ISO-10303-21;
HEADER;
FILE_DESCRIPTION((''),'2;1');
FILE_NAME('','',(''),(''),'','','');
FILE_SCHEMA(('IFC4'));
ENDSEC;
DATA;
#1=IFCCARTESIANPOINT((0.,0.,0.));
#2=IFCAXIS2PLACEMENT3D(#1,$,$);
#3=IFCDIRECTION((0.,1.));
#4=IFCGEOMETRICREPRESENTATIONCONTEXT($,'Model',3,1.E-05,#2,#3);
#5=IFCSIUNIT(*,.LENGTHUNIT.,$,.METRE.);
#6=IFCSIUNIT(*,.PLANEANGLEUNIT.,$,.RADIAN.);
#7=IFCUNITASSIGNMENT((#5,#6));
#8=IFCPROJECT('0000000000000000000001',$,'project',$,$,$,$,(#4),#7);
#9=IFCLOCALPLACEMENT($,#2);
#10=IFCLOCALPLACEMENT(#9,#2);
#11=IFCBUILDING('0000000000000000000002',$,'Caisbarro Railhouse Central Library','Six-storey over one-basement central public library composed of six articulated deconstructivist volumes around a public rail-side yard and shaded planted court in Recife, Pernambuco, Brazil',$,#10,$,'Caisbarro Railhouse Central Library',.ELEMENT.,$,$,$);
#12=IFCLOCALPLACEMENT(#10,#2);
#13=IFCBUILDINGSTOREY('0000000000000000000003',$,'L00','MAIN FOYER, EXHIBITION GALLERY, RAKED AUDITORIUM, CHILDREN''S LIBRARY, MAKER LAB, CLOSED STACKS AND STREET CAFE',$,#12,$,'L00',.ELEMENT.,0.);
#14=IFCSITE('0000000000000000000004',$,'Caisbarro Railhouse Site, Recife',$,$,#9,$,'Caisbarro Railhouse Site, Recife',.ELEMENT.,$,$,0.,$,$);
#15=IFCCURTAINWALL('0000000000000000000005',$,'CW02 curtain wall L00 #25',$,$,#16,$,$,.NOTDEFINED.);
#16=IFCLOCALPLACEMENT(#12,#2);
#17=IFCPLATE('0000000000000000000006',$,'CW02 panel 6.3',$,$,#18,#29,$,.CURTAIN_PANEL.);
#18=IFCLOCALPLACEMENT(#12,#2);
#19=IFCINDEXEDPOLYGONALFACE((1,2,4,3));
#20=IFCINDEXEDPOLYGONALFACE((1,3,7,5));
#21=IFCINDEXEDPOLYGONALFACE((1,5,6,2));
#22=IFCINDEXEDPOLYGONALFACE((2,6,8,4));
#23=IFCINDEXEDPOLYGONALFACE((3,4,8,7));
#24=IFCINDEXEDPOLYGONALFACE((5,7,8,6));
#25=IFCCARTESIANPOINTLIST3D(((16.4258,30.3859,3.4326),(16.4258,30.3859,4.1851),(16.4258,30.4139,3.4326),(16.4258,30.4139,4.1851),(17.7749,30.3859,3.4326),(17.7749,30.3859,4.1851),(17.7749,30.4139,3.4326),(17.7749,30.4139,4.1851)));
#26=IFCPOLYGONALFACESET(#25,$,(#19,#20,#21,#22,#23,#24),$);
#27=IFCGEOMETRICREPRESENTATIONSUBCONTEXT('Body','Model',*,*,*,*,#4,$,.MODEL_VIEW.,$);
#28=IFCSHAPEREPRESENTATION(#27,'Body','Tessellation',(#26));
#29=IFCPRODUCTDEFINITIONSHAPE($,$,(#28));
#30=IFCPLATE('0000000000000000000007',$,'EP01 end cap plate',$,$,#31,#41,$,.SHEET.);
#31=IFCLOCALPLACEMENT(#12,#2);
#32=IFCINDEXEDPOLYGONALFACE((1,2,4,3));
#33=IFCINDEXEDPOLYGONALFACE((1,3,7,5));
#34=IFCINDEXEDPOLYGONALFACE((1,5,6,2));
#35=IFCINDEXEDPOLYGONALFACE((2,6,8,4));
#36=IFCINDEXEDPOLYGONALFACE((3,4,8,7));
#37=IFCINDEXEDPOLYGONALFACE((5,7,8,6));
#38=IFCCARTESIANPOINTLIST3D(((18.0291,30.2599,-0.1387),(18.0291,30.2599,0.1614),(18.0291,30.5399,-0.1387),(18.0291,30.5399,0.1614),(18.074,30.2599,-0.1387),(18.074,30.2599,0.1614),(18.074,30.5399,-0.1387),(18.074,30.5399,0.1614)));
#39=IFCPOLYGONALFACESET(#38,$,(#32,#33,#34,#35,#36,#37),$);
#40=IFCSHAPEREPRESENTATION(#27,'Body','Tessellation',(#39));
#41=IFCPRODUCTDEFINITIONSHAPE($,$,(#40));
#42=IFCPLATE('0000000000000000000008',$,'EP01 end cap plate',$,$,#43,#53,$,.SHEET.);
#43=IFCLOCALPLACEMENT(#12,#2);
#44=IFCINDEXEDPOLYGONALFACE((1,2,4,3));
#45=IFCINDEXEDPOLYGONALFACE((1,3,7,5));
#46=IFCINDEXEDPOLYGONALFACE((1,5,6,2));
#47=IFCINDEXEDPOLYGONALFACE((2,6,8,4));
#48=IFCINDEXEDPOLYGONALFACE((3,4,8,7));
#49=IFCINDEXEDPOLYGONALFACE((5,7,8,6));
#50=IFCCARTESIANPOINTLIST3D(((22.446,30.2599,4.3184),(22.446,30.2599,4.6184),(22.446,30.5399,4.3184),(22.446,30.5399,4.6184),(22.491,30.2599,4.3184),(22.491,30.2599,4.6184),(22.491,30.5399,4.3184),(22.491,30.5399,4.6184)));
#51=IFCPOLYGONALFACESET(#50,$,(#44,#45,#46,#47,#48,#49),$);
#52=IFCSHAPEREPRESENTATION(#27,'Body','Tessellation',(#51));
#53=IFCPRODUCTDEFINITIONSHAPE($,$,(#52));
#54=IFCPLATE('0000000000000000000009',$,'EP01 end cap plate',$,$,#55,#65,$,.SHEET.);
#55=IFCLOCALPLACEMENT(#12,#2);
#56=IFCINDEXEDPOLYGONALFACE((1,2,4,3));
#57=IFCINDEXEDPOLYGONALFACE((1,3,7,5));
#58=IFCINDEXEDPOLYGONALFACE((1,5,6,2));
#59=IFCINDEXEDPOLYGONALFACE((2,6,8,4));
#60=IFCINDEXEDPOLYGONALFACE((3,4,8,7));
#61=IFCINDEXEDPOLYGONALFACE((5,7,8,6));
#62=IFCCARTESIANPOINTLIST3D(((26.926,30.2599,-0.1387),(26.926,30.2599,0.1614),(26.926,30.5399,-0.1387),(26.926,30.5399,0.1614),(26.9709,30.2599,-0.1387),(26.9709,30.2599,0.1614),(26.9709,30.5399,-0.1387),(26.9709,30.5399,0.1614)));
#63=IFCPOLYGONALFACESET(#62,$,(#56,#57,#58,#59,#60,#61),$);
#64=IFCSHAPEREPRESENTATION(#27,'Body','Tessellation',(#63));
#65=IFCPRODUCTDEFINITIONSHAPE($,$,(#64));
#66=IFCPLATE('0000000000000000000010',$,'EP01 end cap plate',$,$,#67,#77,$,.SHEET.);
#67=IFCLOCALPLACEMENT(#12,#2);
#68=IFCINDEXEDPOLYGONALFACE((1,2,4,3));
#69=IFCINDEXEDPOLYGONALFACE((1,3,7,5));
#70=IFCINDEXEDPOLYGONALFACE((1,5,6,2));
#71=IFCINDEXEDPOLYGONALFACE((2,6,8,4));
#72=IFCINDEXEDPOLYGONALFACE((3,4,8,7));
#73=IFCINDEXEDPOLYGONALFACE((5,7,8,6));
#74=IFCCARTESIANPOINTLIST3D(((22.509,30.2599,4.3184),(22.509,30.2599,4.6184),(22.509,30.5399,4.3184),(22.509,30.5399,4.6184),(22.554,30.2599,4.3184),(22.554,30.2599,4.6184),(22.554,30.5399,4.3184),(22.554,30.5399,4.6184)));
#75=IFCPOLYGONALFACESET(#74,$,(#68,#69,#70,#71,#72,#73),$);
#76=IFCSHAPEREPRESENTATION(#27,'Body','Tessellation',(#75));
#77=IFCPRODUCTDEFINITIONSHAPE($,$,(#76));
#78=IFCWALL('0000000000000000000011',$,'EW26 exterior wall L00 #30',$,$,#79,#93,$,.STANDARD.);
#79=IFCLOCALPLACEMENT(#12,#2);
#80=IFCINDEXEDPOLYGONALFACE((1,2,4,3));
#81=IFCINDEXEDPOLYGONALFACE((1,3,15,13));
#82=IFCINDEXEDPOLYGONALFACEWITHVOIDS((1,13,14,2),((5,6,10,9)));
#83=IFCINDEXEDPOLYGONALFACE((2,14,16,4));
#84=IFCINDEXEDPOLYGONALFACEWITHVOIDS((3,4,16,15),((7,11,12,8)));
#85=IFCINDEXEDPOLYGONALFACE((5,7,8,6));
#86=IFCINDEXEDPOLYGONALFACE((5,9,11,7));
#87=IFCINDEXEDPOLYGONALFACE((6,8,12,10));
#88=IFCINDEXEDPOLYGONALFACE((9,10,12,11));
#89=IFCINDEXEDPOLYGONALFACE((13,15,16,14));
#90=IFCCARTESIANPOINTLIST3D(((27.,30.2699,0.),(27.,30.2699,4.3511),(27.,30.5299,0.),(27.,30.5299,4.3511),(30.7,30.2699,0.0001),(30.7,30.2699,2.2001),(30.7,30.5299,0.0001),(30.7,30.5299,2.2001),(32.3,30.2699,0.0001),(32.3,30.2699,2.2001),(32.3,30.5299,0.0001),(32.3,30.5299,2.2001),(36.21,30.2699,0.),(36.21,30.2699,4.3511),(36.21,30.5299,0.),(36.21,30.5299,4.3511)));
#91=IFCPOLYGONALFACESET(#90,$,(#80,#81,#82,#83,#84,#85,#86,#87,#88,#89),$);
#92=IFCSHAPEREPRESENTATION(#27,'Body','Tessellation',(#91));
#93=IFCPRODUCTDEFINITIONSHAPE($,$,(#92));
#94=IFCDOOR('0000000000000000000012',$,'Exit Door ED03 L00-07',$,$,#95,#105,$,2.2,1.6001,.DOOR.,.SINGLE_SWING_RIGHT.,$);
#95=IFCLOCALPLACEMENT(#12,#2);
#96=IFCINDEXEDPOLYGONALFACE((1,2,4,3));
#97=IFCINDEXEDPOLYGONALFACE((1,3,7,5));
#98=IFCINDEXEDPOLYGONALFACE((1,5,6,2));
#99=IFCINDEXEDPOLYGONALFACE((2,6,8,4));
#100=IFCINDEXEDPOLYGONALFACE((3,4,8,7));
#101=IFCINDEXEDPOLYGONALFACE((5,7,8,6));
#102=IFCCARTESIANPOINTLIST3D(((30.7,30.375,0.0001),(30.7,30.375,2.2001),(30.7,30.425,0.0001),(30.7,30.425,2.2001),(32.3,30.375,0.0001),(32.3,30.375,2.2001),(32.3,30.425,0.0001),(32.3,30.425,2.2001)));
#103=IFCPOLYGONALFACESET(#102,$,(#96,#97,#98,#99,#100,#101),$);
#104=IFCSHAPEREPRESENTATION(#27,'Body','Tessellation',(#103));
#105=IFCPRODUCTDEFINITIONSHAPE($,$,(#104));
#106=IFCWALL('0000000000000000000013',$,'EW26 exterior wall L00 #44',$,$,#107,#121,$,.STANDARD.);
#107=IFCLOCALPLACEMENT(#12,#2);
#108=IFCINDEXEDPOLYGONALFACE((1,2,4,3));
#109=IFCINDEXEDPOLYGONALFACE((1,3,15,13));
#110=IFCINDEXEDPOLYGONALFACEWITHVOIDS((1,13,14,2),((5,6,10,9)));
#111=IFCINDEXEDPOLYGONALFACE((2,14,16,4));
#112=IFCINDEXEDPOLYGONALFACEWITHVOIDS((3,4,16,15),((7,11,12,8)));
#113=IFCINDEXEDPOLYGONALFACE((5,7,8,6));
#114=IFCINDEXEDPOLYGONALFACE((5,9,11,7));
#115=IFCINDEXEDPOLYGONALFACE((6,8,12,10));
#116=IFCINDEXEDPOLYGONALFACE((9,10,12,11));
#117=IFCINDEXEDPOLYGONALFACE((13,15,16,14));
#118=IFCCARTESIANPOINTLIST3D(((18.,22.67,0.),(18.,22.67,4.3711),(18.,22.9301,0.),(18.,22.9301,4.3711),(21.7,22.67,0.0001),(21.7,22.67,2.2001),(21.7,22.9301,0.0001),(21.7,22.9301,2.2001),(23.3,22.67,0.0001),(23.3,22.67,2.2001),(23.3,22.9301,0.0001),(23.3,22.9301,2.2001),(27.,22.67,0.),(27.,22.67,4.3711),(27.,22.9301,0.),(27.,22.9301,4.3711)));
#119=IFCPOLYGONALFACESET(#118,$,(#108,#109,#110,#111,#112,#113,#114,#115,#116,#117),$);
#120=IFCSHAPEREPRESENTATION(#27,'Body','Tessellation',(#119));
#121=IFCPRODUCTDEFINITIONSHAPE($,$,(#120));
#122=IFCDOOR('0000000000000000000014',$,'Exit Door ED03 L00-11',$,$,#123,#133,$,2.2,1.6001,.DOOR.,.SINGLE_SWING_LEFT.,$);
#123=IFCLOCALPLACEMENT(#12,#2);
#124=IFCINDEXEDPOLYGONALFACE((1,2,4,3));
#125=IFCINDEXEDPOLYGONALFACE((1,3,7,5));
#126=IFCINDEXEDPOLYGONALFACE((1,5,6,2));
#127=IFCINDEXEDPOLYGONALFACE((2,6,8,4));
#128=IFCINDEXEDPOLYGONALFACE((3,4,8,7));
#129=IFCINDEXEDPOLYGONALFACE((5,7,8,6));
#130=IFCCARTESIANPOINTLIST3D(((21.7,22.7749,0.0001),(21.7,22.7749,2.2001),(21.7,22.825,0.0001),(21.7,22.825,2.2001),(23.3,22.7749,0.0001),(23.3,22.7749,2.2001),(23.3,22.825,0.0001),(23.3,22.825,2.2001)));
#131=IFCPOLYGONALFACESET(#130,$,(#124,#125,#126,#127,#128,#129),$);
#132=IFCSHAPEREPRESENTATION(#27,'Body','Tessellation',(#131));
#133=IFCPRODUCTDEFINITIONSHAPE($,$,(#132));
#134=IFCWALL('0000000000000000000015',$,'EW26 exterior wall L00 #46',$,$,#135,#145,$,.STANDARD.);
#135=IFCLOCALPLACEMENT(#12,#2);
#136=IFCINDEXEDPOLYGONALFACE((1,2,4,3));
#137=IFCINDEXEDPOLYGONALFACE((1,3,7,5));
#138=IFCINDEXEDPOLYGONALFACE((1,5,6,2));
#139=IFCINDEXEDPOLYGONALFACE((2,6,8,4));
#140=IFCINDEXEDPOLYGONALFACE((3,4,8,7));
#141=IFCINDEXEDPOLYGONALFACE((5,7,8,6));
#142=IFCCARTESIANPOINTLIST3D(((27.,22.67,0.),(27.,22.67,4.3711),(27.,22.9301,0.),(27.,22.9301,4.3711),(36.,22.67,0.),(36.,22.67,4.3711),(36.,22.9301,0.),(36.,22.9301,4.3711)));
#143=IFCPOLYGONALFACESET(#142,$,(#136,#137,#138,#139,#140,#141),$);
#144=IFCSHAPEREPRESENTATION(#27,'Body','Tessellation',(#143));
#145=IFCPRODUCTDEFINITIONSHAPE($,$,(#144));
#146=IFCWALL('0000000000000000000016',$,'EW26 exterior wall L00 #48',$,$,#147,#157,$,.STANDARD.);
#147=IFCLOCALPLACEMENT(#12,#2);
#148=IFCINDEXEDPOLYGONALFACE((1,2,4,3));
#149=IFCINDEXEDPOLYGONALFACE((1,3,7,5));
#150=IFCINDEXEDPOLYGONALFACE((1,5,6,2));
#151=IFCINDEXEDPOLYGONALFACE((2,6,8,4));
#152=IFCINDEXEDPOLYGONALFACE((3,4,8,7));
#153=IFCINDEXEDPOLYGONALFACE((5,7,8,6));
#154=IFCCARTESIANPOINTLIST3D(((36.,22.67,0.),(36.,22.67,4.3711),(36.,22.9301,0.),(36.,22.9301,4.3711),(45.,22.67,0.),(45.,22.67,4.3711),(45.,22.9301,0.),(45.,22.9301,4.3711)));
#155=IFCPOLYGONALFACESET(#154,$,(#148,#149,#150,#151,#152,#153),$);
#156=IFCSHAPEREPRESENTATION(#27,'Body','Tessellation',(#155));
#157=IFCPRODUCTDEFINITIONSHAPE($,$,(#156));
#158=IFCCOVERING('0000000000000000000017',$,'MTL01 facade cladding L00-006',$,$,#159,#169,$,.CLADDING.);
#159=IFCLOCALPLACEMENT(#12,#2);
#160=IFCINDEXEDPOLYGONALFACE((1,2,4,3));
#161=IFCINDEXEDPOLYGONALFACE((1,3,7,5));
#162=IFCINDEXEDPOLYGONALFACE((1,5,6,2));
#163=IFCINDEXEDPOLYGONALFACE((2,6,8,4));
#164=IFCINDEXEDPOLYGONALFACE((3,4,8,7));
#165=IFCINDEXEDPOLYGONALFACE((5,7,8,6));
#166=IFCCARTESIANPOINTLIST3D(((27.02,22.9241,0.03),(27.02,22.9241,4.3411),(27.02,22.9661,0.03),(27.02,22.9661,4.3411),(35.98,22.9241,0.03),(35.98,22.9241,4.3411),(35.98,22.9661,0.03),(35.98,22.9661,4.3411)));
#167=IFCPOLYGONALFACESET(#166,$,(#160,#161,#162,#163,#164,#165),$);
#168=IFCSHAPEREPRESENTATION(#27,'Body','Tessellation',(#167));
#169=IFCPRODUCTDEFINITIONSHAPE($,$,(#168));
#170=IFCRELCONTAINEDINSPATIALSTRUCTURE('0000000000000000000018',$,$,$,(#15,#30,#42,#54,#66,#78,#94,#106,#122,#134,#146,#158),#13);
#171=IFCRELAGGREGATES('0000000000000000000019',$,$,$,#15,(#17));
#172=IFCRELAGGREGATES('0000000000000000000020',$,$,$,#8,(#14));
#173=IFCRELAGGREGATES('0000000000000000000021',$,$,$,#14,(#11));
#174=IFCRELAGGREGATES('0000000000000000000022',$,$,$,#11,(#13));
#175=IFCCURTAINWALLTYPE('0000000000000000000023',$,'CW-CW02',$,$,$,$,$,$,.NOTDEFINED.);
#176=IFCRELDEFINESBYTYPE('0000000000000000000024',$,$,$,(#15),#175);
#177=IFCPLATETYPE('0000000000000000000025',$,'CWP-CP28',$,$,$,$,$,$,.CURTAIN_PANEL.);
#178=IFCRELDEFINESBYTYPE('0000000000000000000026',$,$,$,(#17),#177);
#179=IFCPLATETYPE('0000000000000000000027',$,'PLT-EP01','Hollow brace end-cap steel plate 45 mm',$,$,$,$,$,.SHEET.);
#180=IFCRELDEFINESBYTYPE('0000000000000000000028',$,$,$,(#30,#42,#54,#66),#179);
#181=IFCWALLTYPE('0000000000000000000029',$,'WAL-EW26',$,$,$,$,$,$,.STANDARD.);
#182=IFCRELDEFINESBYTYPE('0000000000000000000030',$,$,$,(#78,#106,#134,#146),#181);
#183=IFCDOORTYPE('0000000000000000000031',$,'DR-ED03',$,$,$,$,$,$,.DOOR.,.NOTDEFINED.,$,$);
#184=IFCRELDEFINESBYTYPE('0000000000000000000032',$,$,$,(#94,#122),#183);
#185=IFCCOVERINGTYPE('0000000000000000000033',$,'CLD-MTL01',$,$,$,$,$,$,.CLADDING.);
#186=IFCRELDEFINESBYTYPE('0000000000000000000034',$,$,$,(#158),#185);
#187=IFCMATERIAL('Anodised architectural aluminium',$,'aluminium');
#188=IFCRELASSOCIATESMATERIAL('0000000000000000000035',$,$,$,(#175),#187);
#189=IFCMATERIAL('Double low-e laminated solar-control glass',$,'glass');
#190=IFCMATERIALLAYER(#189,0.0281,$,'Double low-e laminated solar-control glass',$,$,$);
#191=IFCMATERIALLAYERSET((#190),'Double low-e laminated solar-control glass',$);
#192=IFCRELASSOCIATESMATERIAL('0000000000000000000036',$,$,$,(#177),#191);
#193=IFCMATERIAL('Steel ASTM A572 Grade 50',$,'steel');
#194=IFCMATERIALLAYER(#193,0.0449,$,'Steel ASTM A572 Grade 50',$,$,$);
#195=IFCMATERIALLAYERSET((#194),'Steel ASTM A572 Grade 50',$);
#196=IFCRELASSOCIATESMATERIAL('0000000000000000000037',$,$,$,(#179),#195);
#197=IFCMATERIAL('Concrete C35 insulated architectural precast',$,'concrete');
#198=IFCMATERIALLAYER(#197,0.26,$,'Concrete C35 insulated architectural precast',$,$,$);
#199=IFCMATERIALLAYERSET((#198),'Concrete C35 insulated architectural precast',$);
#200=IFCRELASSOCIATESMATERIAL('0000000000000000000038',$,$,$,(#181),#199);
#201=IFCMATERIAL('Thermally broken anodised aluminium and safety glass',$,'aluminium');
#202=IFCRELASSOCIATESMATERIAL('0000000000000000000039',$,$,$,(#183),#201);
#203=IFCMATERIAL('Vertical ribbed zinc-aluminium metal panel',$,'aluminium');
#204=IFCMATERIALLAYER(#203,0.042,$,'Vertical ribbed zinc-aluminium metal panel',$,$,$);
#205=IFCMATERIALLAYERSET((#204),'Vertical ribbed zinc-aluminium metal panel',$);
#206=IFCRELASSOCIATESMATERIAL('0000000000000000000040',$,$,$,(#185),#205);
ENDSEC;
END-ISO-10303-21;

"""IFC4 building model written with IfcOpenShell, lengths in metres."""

from ifc_helpers import new_model, si_unit, direction, frame, frame_2d, origin, origin_2d, place, context, subcontext, project, spatial, rectangle, extrude, material, layer, layer_set, type_object, element, fill, aggregate, save


model = new_model("IFC4")

# Units and contexts
model_context = context("Model", 3, precision=1e-05, world=origin(), true_north=direction((0.0, 1.0)))
body_context = subcontext(model_context, "Body", "Model", "MODEL_VIEW")
ifc_project = project(units=[si_unit("LENGTHUNIT", "METRE"), si_unit("PLANEANGLEUNIT", "RADIAN")], contexts=[model_context])

# Site, building, storey
site_placement = place(None, origin())
site = spatial("IfcSite", under=ifc_project, at=site_placement, Name="Caisbarro Railhouse Site, Recife", LongName="Caisbarro Railhouse Site, Recife", CompositionType="ELEMENT", RefElevation=0.0)
building_placement = place(site_placement, origin())
building = spatial("IfcBuilding", under=site, at=building_placement, Name="Caisbarro Railhouse Central Library", Description="Six-storey over one-basement central public library composed of six articulated deconstructivist volumes around a public rail-side yard and shaded planted court in Recife, Pernambuco, Brazil", LongName="Caisbarro Railhouse Central Library", CompositionType="ELEMENT")
storey_placement = place(building_placement, origin())
storey = spatial("IfcBuildingStorey", under=building, at=storey_placement, Name="L00", Description="MAIN FOYER, EXHIBITION GALLERY, RAKED AUDITORIUM, CHILDREN'S LIBRARY, MAKER LAB, CLOSED STACKS AND STREET CAFE", LongName="L00", CompositionType="ELEMENT", Elevation=0.0)

# Shared definitions
ifc_material_1 = material(Name="Steel ASTM A572 Grade 50", Category="steel")

# Curtain wall
ifc_material_2 = material(Name="Anodised architectural aluminium", Category="aluminium")
curtain_wall_type = type_object("IfcCurtainWallType", Name="CW-CW02", PredefinedType="NOTDEFINED", material=ifc_material_2)
curtain_wall_placement = place(storey_placement, origin())
curtain_wall = element("IfcCurtainWall", 1, at=curtain_wall_placement, inside=storey, type_object=curtain_wall_type, Name="CW02 curtain wall L00 #25", PredefinedType="NOTDEFINED")

# Plate
ifc_material_3 = material(Name="Double low-e laminated solar-control glass", Category="glass")
ifc_layer_1 = layer(ifc_material_3, 0.0281, Name="Double low-e laminated solar-control glass")
ifc_layer_set_1 = layer_set([ifc_layer_1], Name="Double low-e laminated solar-control glass")
plate_type_1 = type_object("IfcPlateType", Name="CWP-CP28", PredefinedType="CURTAIN_PANEL", material=ifc_layer_set_1)
plate_1_placement = place(storey_placement, frame((17.1003, 30.3999, 3.4326), z_axis=(0.0, 0.0, 1.0), x_axis=(1.0, 0.0, 0.0)))
plate_1 = element("IfcPlate", 2, at=plate_1_placement, type_object=plate_type_1, Name="CW02 panel 6.3", PredefinedType="CURTAIN_PANEL", context=body_context, shape_type="SweptSolid", body=[
    extrude(rectangle(XDim=1.3491, YDim=0.0281, at=origin_2d()), origin(), (0.0, 0.0, 1.0), 0.7524),
])
aggregate(curtain_wall, [plate_1])

# Plates
ifc_layer_2 = layer(ifc_material_1, 0.0449, Name="Steel ASTM A572 Grade 50")
ifc_layer_set_2 = layer_set([ifc_layer_2], Name="Steel ASTM A572 Grade 50")
plate_type_2 = type_object("IfcPlateType", Name="PLT-EP01", Description="Hollow brace end-cap steel plate 45 mm", PredefinedType="SHEET", material=ifc_layer_set_2)
for number, where, z_axis, x_axis, name in (
    (3, (18.0515, 30.3999, -0.1387), (0.0, 0.0, 1.0), (1.0, 0.0, 0.0), "EP01 end cap plate"),
    (4, (22.4685, 30.3999, 4.3184), (0.0, 0.0, 1.0), (1.0, 0.0, 0.0), "EP01 end cap plate"),
    (5, (26.9485, 30.3999, -0.1387), (0.0, 0.0, 1.0), (-1.0, 0.0, 0.0), "EP01 end cap plate"),
    (6, (22.5315, 30.3999, 4.3184), (0.0, 0.0, 1.0), (-1.0, 0.0, 0.0), "EP01 end cap plate"),
):
    element("IfcPlate", number, at=place(storey_placement, frame(where, z_axis=z_axis, x_axis=x_axis)), inside=storey, type_object=plate_type_2, Name=name, PredefinedType="SHEET", context=body_context, shape_type="SweptSolid", body=[
        extrude(rectangle(XDim=0.0449, YDim=0.28, at=origin_2d()), origin(), (0.0, 0.0, 1.0), 0.3),
    ])

# Walls, openings, doors
ifc_material_4 = material(Name="Concrete C35 insulated architectural precast", Category="concrete")
ifc_layer_3 = layer(ifc_material_4, 0.26, Name="Concrete C35 insulated architectural precast")
ifc_layer_set_3 = layer_set([ifc_layer_3], Name="Concrete C35 insulated architectural precast")
wall_type = type_object("IfcWallType", Name="WAL-EW26", PredefinedType="STANDARD", material=ifc_layer_set_3)
wall_1_placement = place(storey_placement, frame((27.0, 30.3999, 0.0), z_axis=(0.0, 0.0, 1.0), x_axis=(1.0, 0.0, 0.0)))
wall_1 = element("IfcWall", 7, at=wall_1_placement, inside=storey, type_object=wall_type, Name="EW26 exterior wall L00 #30", PredefinedType="STANDARD", context=body_context, shape_type="SweptSolid", body=[
    extrude(rectangle(XDim=9.21, YDim=0.26, at=frame_2d((4.605, 0.0))), origin(), (0.0, 0.0, 1.0), 4.3511),
])
opening_1_placement = place(wall_1_placement, frame((3.7, 0.0, 0.0)))
opening_1 = element("IfcOpeningElement", 8, at=opening_1_placement, cuts=wall_1, PredefinedType="OPENING", context=body_context, shape_type="SweptSolid", body=[
    extrude(rectangle(XDim=1.6001, YDim=2.2, at=frame_2d((0.8, 1.1001))), frame((0.0, 0.1401, 0.0), z_axis=(0.0, -1.0, 0.0), x_axis=(1.0, 0.0, 0.0)), (0.0, 0.0, 1.0), 0.28),
])
ifc_material_5 = material(Name="Thermally broken anodised aluminium and safety glass", Category="aluminium")
door_type = type_object("IfcDoorType", Name="DR-ED03", OperationType="NOTDEFINED", PredefinedType="DOOR", material=ifc_material_5)
door_1_placement = place(opening_1_placement, frame((1.6001, 0.0, 0.0), z_axis=(0.0, 0.0, 1.0), x_axis=(-1.0, 0.0, 0.0)))
door_1 = element("IfcDoor", 9, at=door_1_placement, inside=storey, type_object=door_type, Name="Exit Door ED03 L00-07", OperationType="SINGLE_SWING_RIGHT", OverallHeight=2.2, OverallWidth=1.6001, PredefinedType="DOOR", context=body_context, shape_type="SweptSolid", body=[
    extrude(rectangle(XDim=1.6001, YDim=2.2, at=frame_2d((0.8, 1.1001))), frame((0.0, 0.0249, 0.0), z_axis=(0.0, -1.0, 0.0), x_axis=(1.0, 0.0, 0.0)), (0.0, 0.0, 1.0), 0.05),
])
fill(opening_1, door_1)
wall_2_placement = place(storey_placement, frame((18.0, 22.8, 0.0), z_axis=(0.0, 0.0, 1.0), x_axis=(1.0, 0.0, 0.0)))
wall_2 = element("IfcWall", 10, at=wall_2_placement, inside=storey, type_object=wall_type, Name="EW26 exterior wall L00 #44", PredefinedType="STANDARD", context=body_context, shape_type="SweptSolid", body=[
    extrude(rectangle(XDim=9.0, YDim=0.26, at=frame_2d((4.5, 0.0))), origin(), (0.0, 0.0, 1.0), 4.3711),
])
opening_2_placement = place(wall_2_placement, frame((3.7, 0.0, 0.0)))
opening_2 = element("IfcOpeningElement", 11, at=opening_2_placement, cuts=wall_2, PredefinedType="OPENING", context=body_context, shape_type="SweptSolid", body=[
    extrude(rectangle(XDim=1.6001, YDim=2.2, at=frame_2d((0.8, 1.1001))), frame((0.0, 0.1401, 0.0), z_axis=(0.0, -1.0, 0.0), x_axis=(1.0, 0.0, 0.0)), (0.0, 0.0, 1.0), 0.28),
])
door_2_placement = place(opening_2_placement, origin())
door_2 = element("IfcDoor", 12, at=door_2_placement, inside=storey, type_object=door_type, Name="Exit Door ED03 L00-11", OperationType="SINGLE_SWING_LEFT", OverallHeight=2.2, OverallWidth=1.6001, PredefinedType="DOOR", context=body_context, shape_type="SweptSolid", body=[
    extrude(rectangle(XDim=1.6001, YDim=2.2, at=frame_2d((0.8, 1.1001))), frame((0.0, 0.0249, 0.0), z_axis=(0.0, -1.0, 0.0), x_axis=(1.0, 0.0, 0.0)), (0.0, 0.0, 1.0), 0.05),
])
fill(opening_2, door_2)

# Walls
for number, where, z_axis, x_axis, name in (
    (13, (27.0, 22.8, 0.0), (0.0, 0.0, 1.0), (1.0, 0.0, 0.0), "EW26 exterior wall L00 #46"),
    (14, (36.0, 22.8, 0.0), (0.0, 0.0, 1.0), (1.0, 0.0, 0.0), "EW26 exterior wall L00 #48"),
):
    element("IfcWall", number, at=place(storey_placement, frame(where, z_axis=z_axis, x_axis=x_axis)), inside=storey, type_object=wall_type, Name=name, PredefinedType="STANDARD", context=body_context, shape_type="SweptSolid", body=[
        extrude(rectangle(XDim=9.0, YDim=0.26, at=frame_2d((4.5, 0.0))), origin(), (0.0, 0.0, 1.0), 4.3711),
    ])

# Covering
ifc_material_6 = material(Name="Vertical ribbed zinc-aluminium metal panel", Category="aluminium")
ifc_layer_4 = layer(ifc_material_6, 0.042, Name="Vertical ribbed zinc-aluminium metal panel")
ifc_layer_set_4 = layer_set([ifc_layer_4], Name="Vertical ribbed zinc-aluminium metal panel")
covering_type = type_object("IfcCoveringType", Name="CLD-MTL01", PredefinedType="CLADDING", material=ifc_layer_set_4)
covering_placement = place(storey_placement, frame((31.5, 22.9451, 0.03), z_axis=(0.0, 0.0, 1.0), x_axis=(1.0, 0.0, 0.0)))
element("IfcCovering", 15, at=covering_placement, inside=storey, type_object=covering_type, Name="MTL01 facade cladding L00-006", PredefinedType="CLADDING", context=body_context, shape_type="SweptSolid", body=[
    extrude(rectangle(XDim=8.96, YDim=0.042, at=origin_2d()), origin(), (0.0, 0.0, 1.0), 4.311),
])

save(model, "model.ifc")
